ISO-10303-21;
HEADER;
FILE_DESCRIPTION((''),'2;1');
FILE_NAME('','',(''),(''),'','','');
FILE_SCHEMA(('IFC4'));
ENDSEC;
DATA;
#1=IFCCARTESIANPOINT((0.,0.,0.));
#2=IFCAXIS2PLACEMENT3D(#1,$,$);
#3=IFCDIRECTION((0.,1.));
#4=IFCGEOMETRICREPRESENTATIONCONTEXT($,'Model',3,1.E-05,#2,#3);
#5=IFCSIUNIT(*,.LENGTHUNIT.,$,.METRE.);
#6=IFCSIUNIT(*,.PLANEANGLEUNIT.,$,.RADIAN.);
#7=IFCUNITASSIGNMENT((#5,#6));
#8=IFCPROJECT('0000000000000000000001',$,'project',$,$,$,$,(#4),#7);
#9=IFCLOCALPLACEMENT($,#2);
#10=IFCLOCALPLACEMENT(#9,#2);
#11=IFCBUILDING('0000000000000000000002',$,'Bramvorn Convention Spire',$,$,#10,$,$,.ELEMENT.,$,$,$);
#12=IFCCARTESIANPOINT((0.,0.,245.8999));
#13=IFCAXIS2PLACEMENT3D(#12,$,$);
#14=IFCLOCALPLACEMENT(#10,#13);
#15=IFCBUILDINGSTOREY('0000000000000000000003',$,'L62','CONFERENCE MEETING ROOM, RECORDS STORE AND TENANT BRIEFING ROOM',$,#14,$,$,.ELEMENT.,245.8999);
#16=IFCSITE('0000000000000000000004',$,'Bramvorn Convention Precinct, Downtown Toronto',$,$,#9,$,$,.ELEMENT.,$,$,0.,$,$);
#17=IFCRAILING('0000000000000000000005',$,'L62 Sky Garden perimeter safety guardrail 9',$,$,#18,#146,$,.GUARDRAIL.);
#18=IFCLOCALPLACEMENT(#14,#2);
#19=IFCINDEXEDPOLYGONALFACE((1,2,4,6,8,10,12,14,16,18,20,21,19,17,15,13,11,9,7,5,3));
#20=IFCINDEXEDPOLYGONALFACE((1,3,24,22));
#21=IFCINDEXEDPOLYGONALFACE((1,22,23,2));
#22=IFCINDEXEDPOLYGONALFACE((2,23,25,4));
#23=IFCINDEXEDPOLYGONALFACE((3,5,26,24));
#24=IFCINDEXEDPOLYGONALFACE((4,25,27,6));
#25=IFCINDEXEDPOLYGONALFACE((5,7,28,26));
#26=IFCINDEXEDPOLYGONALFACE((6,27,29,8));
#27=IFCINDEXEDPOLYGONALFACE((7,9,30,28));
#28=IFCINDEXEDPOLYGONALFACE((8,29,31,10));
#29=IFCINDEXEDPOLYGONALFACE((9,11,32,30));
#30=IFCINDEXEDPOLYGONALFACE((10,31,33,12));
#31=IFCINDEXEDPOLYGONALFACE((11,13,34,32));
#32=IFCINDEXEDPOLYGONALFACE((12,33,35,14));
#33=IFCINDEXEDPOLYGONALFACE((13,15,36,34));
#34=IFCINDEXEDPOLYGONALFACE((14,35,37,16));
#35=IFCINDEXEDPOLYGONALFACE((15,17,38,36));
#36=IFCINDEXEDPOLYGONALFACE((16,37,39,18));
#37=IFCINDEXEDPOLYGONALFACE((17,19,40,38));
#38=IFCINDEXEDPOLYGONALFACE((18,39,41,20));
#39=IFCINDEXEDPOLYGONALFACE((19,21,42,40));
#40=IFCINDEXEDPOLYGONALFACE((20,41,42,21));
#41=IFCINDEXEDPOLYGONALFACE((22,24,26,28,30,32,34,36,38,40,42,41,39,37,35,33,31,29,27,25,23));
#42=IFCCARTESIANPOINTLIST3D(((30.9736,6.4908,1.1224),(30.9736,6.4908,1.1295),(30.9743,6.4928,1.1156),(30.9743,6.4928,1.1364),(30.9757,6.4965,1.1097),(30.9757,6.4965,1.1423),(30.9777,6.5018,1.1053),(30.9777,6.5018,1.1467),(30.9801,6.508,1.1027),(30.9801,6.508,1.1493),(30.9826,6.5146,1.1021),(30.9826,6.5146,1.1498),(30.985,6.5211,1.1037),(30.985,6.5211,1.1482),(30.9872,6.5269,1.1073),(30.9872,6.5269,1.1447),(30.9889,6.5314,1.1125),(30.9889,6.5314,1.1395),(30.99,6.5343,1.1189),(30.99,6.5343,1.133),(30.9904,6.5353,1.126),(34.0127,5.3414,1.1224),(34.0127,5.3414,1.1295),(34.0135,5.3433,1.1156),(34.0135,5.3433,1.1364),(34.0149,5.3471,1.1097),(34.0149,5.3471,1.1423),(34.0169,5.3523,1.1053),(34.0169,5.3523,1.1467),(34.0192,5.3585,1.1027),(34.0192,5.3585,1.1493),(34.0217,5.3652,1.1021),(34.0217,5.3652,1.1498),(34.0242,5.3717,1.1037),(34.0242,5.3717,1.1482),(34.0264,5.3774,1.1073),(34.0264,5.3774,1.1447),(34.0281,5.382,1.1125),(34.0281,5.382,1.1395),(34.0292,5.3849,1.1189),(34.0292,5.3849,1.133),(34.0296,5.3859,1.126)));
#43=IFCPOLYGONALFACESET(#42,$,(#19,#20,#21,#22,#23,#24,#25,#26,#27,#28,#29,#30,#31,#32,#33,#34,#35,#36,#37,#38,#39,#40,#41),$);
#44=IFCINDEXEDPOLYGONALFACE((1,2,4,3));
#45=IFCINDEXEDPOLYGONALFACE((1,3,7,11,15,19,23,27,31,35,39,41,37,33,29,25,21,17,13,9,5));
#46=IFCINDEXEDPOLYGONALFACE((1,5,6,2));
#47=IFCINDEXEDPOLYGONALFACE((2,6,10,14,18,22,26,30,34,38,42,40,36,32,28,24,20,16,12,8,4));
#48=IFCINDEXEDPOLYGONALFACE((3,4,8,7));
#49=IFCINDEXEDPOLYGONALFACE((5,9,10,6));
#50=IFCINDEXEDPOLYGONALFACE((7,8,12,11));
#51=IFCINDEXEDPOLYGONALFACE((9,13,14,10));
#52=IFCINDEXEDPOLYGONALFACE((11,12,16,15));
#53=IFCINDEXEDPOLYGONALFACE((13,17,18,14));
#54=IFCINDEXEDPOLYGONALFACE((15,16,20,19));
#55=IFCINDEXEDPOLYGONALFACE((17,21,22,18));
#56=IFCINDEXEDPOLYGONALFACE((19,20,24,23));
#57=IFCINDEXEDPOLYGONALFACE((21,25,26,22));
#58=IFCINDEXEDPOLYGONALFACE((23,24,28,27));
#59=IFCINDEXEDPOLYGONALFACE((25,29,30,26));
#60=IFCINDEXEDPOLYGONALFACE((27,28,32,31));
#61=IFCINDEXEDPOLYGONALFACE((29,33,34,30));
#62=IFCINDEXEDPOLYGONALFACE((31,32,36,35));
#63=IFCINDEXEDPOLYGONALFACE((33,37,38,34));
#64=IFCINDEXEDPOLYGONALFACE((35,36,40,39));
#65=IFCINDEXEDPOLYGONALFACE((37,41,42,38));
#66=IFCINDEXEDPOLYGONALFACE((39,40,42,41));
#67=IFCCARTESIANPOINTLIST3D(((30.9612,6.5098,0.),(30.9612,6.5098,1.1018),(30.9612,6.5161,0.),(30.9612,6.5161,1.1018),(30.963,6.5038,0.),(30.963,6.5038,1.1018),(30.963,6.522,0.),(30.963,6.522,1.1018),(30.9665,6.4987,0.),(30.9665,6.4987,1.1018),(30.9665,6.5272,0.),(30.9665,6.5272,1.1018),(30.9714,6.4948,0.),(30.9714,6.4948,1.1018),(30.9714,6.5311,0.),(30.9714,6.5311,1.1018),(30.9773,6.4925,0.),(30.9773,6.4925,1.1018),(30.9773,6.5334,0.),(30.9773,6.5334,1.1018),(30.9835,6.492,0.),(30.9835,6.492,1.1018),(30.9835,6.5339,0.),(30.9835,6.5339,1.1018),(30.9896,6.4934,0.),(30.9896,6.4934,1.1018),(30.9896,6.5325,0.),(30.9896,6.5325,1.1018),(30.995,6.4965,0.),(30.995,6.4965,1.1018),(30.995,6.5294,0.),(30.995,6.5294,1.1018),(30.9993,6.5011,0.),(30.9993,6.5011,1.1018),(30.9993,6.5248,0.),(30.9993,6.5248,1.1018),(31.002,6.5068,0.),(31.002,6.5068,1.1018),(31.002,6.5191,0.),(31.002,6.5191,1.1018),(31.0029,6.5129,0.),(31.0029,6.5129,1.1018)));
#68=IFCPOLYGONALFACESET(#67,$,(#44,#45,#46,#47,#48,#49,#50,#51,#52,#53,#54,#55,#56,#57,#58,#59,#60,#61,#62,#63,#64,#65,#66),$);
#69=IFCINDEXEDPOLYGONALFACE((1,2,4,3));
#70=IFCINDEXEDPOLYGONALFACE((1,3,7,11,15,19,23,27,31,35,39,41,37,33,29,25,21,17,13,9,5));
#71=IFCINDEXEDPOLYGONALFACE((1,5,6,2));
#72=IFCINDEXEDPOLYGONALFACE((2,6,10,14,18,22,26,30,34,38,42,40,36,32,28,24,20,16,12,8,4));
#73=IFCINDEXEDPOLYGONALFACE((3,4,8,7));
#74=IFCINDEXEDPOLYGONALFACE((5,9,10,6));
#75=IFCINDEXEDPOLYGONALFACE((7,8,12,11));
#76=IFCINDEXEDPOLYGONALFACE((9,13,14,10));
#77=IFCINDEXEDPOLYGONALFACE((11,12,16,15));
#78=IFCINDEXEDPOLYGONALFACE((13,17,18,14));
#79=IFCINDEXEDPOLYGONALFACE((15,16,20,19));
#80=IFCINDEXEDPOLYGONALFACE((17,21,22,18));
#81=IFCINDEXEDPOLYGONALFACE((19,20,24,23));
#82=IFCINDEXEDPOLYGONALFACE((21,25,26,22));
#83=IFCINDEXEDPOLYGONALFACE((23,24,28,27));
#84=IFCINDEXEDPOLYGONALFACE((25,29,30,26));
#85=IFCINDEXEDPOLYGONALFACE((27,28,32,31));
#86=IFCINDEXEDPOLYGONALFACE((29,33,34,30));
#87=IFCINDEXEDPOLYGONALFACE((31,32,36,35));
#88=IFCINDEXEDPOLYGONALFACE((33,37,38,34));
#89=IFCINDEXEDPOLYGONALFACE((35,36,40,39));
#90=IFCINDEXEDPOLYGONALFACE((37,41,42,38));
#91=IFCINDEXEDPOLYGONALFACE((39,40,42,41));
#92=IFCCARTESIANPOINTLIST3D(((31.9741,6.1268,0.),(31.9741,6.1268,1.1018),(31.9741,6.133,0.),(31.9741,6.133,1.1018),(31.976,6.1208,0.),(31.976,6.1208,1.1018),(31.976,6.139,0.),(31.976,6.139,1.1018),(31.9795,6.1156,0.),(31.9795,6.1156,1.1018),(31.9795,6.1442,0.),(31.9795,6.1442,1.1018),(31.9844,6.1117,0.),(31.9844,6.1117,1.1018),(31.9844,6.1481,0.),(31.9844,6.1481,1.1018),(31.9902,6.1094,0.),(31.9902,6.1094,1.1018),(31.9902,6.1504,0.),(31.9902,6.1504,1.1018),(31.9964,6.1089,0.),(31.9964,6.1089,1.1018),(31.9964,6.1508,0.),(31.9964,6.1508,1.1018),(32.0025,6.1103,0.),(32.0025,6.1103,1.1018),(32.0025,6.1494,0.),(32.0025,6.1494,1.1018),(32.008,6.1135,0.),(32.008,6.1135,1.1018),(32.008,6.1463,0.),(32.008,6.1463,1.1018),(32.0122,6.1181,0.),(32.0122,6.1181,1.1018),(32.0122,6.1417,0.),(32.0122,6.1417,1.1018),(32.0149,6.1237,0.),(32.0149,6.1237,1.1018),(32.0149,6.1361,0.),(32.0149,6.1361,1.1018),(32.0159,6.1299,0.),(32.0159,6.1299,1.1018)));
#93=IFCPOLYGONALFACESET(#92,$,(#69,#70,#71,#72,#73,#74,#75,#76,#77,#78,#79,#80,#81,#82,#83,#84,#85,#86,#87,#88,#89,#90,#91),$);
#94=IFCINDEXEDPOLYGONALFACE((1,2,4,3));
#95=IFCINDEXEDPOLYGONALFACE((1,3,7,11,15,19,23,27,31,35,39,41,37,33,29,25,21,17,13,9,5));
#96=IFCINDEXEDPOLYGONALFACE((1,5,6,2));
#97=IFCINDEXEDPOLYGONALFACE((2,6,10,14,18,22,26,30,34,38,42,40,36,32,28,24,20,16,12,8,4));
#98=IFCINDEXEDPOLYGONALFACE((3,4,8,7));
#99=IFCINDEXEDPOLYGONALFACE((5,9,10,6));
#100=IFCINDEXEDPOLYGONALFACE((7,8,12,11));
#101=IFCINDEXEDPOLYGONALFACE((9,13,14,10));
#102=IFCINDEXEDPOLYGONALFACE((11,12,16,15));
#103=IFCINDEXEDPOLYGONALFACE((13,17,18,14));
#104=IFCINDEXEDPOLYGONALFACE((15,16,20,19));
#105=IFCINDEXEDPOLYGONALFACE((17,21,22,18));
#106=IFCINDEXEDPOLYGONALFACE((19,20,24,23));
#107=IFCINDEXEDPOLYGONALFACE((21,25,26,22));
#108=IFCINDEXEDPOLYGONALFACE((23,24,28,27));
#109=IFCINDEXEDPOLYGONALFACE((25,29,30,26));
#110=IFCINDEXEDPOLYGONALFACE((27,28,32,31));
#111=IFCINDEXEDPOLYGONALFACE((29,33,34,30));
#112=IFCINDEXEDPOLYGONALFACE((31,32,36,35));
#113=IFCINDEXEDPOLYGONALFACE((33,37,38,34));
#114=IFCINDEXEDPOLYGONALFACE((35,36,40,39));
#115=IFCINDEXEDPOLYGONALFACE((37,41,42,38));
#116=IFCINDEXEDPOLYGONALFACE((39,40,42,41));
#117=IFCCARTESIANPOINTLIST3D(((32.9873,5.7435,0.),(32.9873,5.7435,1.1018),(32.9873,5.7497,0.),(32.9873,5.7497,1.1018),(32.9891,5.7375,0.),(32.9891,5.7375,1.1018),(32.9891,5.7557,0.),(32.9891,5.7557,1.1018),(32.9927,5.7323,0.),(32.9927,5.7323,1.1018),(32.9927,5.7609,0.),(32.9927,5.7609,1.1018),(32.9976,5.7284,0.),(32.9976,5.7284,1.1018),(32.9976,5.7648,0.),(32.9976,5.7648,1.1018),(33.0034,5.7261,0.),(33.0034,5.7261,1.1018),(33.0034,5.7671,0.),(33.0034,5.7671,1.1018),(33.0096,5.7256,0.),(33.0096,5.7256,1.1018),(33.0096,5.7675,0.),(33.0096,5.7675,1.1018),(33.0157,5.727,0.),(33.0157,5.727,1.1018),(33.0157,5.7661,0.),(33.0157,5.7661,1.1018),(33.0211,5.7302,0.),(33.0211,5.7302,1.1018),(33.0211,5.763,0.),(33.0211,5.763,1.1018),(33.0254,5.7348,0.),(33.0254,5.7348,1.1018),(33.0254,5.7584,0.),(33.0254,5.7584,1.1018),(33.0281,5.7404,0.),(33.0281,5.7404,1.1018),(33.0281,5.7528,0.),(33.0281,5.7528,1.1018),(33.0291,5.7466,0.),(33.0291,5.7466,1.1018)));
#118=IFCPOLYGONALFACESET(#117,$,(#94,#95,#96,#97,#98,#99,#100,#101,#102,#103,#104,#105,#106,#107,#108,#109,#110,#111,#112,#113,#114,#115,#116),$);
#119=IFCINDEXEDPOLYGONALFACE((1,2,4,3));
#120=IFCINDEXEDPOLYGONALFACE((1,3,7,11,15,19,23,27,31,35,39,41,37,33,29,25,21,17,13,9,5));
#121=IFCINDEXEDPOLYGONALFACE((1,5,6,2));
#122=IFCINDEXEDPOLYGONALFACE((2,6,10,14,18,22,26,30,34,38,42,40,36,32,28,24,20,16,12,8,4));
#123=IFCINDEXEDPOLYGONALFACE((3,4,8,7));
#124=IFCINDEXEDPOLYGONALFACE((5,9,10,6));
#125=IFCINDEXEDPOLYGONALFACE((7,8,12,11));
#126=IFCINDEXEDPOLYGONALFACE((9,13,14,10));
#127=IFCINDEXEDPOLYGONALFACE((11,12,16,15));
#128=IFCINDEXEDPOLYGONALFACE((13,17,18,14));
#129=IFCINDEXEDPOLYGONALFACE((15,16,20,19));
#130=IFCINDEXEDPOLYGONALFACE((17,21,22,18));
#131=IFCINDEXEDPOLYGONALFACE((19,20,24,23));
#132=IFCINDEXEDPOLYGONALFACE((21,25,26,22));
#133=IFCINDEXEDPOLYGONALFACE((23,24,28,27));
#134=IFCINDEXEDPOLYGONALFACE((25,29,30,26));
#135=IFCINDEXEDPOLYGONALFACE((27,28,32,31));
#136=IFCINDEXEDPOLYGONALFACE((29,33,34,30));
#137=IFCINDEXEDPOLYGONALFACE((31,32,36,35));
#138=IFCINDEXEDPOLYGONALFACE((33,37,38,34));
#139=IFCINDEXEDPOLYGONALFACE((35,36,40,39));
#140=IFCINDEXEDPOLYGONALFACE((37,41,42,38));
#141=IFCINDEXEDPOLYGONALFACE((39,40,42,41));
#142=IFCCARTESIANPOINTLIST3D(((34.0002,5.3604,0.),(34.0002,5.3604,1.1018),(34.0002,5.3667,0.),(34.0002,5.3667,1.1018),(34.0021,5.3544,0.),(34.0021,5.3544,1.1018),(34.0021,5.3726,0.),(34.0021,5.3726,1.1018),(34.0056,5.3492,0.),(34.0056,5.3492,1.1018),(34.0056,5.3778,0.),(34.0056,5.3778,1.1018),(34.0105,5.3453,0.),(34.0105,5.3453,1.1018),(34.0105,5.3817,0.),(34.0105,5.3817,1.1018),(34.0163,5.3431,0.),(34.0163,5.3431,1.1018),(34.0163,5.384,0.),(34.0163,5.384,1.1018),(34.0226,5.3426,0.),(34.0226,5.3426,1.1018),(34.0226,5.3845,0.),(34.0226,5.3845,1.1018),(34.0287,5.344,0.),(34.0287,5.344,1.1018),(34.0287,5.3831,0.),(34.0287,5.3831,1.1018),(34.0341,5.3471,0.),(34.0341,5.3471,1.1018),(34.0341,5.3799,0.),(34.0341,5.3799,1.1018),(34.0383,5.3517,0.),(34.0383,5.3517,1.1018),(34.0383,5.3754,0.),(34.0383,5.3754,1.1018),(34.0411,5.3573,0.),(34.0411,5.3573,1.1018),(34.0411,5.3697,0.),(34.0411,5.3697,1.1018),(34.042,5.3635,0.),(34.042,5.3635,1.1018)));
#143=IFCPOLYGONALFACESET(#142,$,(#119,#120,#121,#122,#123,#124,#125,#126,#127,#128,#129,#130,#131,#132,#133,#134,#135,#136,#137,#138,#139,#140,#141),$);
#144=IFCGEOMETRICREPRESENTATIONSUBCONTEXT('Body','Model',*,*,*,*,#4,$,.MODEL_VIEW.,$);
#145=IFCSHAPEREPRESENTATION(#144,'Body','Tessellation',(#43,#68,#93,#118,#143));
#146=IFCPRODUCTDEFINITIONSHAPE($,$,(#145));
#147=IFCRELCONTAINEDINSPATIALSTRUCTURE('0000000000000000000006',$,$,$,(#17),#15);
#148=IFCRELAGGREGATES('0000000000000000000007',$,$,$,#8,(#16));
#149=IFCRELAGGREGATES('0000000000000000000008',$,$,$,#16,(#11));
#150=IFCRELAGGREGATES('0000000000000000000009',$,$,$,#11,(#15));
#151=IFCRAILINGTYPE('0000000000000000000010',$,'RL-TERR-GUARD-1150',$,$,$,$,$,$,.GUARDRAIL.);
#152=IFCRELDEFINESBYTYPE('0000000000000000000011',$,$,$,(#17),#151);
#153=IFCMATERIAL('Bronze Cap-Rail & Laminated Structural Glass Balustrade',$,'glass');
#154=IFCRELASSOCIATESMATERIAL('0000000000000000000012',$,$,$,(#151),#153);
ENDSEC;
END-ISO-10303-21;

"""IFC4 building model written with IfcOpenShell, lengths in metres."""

from ifc_helpers import new_model, si_unit, direction, frame, origin, origin_2d, place, context, subcontext, project, spatial, circle, extrude, material, type_object, element, save


model = new_model("IFC4")

# Units and contexts
model_context = context("Model", 3, precision=1e-05, world=origin(), true_north=direction((0.0, 1.0)))
body_context = subcontext(model_context, "Body", "Model", "MODEL_VIEW")
ifc_project = project(units=[si_unit("LENGTHUNIT", "METRE"), si_unit("PLANEANGLEUNIT", "RADIAN")], contexts=[model_context])

# Site, building, storey
site_placement = place(None, origin())
site = spatial("IfcSite", under=ifc_project, at=site_placement, Name="Bramvorn Convention Precinct, Downtown Toronto", CompositionType="ELEMENT", RefElevation=0.0)
building_placement = place(site_placement, origin())
building = spatial("IfcBuilding", under=site, at=building_placement, Name="Bramvorn Convention Spire", CompositionType="ELEMENT")
storey_placement = place(building_placement, frame((0.0, 0.0, 245.8999)))
storey = spatial("IfcBuildingStorey", under=building, at=storey_placement, Name="L62", Description="CONFERENCE MEETING ROOM, RECORDS STORE AND TENANT BRIEFING ROOM", CompositionType="ELEMENT", Elevation=245.8999)

# Railing
ifc_material_1 = material(Name="Bronze Cap-Rail & Laminated Structural Glass Balustrade", Category="glass")
railing_type_1 = type_object("IfcRailingType", Name="RL-TERR-GUARD-1150", PredefinedType="GUARDRAIL", material=ifc_material_1)
railing_1_placement = place(storey_placement, frame((30.9819, 6.5129, 0.0)))
element("IfcRailing", 1, at=railing_1_placement, inside=storey, type_object=railing_type_1, Name="L62 Sky Garden perimeter safety guardrail 9", PredefinedType="GUARDRAIL", context=body_context, shape_type="SweptSolid", body=[
    extrude(circle(Radius=0.0239, at=origin_2d()), frame((0.0, 0.0, 1.126), z_axis=(0.935337, -0.353757, 0.0), x_axis=(0.353757, 0.935337, 0.0)), (0.0, 0.0, 1.0), 3.2493),
    extrude(circle(Radius=0.021, at=origin_2d()), origin(), (0.0, 0.0, 1.0), 1.1018),
    extrude(circle(Radius=0.021, at=origin_2d()), frame((1.0129, -0.3831, 0.0)), (0.0, 0.0, 1.0), 1.1018),
    extrude(circle(Radius=0.021, at=origin_2d()), frame((2.0261, -0.7664, 0.0)), (0.0, 0.0, 1.0), 1.1018),
    extrude(circle(Radius=0.021, at=origin_2d()), frame((3.0391, -1.1494, 0.0)), (0.0, 0.0, 1.0), 1.1018),
])

save(model, "model.ifc")
